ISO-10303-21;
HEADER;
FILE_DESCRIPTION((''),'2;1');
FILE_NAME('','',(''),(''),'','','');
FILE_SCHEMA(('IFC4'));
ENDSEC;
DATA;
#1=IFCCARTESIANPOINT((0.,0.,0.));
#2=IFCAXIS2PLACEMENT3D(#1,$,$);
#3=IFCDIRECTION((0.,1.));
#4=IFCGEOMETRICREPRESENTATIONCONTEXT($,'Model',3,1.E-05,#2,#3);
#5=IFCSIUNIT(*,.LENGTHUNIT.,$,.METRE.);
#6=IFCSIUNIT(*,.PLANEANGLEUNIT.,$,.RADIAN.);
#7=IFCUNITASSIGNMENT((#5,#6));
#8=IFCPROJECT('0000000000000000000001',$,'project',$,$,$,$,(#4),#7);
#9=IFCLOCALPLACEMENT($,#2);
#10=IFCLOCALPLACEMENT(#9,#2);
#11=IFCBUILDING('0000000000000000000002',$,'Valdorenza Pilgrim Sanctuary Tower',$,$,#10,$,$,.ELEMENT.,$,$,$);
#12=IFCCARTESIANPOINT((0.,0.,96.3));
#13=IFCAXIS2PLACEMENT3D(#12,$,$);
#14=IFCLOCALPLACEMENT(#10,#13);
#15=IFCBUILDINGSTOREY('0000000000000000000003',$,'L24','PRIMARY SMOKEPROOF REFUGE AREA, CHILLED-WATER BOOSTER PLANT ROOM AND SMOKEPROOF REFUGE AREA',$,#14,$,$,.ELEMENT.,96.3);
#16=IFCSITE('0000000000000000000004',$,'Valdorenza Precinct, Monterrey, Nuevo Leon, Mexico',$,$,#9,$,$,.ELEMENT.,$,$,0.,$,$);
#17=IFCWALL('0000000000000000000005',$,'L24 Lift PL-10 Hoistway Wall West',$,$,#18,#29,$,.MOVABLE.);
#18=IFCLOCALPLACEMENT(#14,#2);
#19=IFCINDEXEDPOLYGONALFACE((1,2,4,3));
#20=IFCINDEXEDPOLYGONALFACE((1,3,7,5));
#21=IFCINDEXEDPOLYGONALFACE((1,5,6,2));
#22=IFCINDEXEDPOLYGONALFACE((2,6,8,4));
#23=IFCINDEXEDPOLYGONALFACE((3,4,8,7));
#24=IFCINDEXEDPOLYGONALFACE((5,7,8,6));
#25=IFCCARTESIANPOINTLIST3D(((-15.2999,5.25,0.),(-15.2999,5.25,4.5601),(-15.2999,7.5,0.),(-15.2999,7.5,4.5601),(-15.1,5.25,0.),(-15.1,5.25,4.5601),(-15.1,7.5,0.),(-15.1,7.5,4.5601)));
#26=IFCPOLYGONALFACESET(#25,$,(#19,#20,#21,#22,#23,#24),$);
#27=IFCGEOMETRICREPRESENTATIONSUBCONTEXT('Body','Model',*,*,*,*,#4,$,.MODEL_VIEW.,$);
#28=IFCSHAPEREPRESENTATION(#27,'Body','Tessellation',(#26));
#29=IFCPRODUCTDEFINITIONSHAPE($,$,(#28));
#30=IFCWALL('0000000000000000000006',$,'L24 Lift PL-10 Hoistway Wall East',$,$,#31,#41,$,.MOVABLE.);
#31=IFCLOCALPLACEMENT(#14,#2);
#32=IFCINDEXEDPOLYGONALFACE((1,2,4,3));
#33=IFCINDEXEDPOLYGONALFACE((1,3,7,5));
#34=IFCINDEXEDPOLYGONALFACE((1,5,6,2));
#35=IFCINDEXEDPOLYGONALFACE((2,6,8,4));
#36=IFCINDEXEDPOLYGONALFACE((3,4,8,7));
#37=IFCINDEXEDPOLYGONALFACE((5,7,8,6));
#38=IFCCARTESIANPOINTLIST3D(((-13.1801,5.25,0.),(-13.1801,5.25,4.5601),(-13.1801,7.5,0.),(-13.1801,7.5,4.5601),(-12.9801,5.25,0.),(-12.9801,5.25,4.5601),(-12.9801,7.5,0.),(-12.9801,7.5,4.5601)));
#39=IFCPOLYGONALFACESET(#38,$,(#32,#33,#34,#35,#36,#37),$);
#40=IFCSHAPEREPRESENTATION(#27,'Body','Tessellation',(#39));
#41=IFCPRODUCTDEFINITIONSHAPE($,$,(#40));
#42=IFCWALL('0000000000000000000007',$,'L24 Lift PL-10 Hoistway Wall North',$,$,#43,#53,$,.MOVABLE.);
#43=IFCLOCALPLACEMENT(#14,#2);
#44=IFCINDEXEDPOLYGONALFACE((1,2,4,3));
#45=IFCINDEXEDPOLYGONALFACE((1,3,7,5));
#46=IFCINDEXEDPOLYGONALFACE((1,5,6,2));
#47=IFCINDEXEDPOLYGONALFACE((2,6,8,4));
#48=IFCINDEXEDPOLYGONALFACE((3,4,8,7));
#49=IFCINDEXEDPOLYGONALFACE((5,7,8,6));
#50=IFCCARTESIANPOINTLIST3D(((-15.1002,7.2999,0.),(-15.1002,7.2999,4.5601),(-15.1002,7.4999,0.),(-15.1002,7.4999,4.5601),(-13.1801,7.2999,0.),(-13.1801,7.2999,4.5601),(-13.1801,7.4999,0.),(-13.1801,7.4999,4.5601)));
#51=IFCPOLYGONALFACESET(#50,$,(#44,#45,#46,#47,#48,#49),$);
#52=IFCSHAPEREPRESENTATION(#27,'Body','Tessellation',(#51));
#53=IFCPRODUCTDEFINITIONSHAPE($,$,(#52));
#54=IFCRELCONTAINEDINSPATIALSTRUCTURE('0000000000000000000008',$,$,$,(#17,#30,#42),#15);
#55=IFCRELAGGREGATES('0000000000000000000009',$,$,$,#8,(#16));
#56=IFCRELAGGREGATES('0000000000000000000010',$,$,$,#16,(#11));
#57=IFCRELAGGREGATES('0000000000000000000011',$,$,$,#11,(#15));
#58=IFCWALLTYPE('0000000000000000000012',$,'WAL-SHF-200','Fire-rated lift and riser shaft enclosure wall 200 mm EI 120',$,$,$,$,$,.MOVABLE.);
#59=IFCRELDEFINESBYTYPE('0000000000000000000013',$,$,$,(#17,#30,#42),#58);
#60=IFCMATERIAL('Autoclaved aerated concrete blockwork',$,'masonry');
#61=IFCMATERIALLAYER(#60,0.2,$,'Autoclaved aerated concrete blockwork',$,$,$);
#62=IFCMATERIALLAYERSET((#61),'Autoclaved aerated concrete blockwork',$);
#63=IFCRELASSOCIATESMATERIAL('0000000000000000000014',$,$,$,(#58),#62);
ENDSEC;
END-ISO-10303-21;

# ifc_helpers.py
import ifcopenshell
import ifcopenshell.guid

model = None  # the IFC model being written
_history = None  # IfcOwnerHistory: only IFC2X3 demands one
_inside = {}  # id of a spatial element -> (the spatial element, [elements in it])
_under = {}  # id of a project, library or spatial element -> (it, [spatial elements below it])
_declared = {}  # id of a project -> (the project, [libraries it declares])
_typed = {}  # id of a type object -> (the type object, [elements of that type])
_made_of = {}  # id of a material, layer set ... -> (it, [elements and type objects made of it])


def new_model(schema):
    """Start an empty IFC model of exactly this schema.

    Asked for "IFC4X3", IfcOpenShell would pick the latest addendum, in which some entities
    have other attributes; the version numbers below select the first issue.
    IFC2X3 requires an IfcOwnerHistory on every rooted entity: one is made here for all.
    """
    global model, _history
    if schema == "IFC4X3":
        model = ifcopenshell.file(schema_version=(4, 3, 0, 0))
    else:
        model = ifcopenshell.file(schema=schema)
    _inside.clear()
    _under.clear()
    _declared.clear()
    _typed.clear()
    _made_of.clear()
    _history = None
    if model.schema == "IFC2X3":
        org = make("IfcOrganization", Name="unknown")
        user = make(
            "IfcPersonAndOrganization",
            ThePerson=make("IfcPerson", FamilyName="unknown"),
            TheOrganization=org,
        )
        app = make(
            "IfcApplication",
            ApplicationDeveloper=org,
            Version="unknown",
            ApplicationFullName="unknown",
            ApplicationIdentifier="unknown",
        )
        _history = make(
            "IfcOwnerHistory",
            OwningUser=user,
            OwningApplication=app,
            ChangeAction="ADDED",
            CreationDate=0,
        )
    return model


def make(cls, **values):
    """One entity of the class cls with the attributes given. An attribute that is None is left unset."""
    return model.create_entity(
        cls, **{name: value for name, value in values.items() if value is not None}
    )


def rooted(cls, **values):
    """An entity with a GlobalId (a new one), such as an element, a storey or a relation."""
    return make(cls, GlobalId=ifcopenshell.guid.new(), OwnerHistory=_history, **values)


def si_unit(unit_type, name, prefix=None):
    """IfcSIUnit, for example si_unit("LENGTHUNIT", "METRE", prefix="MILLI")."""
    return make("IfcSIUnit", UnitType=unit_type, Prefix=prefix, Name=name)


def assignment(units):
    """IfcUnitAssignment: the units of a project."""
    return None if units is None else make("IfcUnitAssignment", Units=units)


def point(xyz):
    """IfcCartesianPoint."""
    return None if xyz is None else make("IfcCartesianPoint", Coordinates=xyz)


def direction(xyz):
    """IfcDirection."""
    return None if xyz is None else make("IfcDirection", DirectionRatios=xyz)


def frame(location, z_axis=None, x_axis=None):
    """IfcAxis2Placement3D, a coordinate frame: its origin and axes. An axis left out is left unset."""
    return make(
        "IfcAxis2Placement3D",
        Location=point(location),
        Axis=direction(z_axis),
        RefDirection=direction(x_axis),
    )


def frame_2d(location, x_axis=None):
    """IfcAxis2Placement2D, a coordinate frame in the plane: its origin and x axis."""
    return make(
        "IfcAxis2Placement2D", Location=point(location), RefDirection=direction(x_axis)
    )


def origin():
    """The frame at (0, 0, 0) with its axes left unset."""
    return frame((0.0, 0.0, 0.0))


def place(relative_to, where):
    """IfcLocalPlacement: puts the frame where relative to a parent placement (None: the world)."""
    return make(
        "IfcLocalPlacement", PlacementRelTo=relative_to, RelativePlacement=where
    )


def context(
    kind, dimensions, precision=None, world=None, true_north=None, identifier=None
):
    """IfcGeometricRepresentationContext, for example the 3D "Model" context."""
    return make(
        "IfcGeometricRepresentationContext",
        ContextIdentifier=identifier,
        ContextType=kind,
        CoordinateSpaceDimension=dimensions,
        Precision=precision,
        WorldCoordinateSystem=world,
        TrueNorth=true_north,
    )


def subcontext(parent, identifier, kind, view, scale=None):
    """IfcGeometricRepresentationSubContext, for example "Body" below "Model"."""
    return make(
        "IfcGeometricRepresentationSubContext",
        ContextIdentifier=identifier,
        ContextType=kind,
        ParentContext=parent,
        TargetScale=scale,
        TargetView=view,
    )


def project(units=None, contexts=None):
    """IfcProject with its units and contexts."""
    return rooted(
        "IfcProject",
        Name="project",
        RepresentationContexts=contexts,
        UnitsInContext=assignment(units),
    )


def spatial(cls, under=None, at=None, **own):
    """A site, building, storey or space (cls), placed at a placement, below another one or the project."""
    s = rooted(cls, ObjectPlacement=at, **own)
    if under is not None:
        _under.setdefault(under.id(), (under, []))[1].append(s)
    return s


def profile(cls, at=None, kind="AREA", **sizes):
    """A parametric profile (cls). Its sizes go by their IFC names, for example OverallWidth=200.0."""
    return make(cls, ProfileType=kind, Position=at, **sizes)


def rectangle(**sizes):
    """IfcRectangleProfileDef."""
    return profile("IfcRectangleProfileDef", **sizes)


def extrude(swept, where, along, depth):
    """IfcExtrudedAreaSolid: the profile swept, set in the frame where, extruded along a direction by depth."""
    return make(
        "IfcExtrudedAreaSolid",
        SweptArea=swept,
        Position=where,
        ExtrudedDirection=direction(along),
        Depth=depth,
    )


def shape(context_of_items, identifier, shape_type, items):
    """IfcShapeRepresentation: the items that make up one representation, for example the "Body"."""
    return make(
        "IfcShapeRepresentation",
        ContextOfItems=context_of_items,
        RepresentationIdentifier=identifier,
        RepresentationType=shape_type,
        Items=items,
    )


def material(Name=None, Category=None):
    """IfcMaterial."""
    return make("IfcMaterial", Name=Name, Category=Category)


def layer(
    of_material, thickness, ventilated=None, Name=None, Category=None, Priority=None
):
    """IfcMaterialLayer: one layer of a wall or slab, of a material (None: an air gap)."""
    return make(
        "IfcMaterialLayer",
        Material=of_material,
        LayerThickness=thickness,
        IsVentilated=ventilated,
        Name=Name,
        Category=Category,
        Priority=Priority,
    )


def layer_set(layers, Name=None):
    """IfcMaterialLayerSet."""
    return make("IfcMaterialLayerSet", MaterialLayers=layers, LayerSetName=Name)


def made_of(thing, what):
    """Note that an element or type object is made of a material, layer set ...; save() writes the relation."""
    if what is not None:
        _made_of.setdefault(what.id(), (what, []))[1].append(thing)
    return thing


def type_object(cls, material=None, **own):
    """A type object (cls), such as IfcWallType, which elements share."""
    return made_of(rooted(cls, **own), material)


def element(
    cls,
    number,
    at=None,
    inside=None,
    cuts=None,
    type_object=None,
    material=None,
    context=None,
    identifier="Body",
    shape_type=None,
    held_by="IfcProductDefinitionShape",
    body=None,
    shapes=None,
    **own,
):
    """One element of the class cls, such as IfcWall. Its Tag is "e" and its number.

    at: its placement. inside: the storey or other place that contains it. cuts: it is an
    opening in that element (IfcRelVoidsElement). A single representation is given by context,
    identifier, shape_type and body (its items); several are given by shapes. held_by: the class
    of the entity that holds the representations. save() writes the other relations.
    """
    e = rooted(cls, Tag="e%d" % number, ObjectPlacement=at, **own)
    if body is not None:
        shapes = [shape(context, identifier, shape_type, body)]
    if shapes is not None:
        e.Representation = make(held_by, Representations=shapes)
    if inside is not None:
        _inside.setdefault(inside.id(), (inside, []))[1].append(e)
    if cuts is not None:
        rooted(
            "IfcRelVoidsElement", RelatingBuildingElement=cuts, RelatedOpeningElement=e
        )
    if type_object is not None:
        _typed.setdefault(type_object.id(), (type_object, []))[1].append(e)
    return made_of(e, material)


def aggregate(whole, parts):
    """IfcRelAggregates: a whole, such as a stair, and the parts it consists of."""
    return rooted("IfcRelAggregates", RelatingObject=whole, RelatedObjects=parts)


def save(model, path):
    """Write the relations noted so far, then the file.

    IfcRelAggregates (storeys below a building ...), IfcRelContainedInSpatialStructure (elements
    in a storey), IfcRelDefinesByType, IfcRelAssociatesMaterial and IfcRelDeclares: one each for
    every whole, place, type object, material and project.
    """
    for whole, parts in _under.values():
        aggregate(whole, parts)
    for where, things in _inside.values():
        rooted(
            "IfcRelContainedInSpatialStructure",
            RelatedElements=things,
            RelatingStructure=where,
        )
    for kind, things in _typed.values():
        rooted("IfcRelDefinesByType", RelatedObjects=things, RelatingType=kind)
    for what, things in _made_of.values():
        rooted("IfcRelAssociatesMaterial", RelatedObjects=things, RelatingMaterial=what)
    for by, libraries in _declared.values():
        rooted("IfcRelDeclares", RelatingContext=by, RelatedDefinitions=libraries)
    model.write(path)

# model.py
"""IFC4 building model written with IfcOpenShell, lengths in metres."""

from ifc_helpers import new_model, si_unit, direction, frame, frame_2d, origin, place, context, subcontext, project, spatial, rectangle, extrude, material, layer, layer_set, type_object, element, save


model = new_model("IFC4")

# Units and contexts
model_context = context("Model", 3, precision=1e-05, world=origin(), true_north=direction((0.0, 1.0)))
body_context = subcontext(model_context, "Body", "Model", "MODEL_VIEW")
ifc_project = project(units=[si_unit("LENGTHUNIT", "METRE"), si_unit("PLANEANGLEUNIT", "RADIAN")], contexts=[model_context])

# Site, building, storey
site_placement = place(None, origin())
site = spatial("IfcSite", under=ifc_project, at=site_placement, Name="Valdorenza Precinct, Monterrey, Nuevo Leon, Mexico", CompositionType="ELEMENT", RefElevation=0.0)
building_placement = place(site_placement, origin())
building = spatial("IfcBuilding", under=site, at=building_placement, Name="Valdorenza Pilgrim Sanctuary Tower", CompositionType="ELEMENT")
storey_placement = place(building_placement, frame((0.0, 0.0, 96.3)))
storey = spatial("IfcBuildingStorey", under=building, at=storey_placement, Name="L24", Description="PRIMARY SMOKEPROOF REFUGE AREA, CHILLED-WATER BOOSTER PLANT ROOM AND SMOKEPROOF REFUGE AREA", CompositionType="ELEMENT", Elevation=96.3)

# Shared definitions
ifc_material_1 = material(Name="Autoclaved aerated concrete blockwork", Category="masonry")
ifc_layer_1 = layer(ifc_material_1, 0.2, Name="Autoclaved aerated concrete blockwork")
ifc_layer_set_1 = layer_set([ifc_layer_1], Name="Autoclaved aerated concrete blockwork")
wall_type_1 = type_object("IfcWallType", Name="WAL-SHF-200", Description="Fire-rated lift and riser shaft enclosure wall 200 mm EI 120", PredefinedType="MOVABLE", material=ifc_layer_set_1)

# Walls
for number, where, z_axis, x_axis, name in (
    (1, (-15.2, 5.25, 0.0), (0.0, 0.0, 1.0), (0.0, 1.0, 0.0), "L24 Lift PL-10 Hoistway Wall West"),
    (2, (-13.0801, 5.25, 0.0), (0.0, 0.0, 1.0), (0.0, 1.0, 0.0), "L24 Lift PL-10 Hoistway Wall East"),
):
    element("IfcWall", number, at=place(storey_placement, frame(where, z_axis=z_axis, x_axis=x_axis)), inside=storey, type_object=wall_type_1, Name=name, PredefinedType="MOVABLE", context=body_context, shape_type="SweptSolid", body=[
        extrude(rectangle(XDim=2.25, YDim=0.2, at=frame_2d((1.125, 0.0))), origin(), (0.0, 0.0, 1.0), 4.5601),
    ])
wall_1_placement = place(storey_placement, frame((-15.1001, 7.3999, 0.0), z_axis=(0.0, 0.0, 1.0), x_axis=(1.0, 0.0, 0.0)))
element("IfcWall", 3, at=wall_1_placement, inside=storey, type_object=wall_type_1, Name="L24 Lift PL-10 Hoistway Wall North", PredefinedType="MOVABLE", context=body_context, shape_type="SweptSolid", body=[
    extrude(rectangle(XDim=1.9202, YDim=0.2, at=frame_2d((0.96, 0.0))), origin(), (0.0, 0.0, 1.0), 4.5601),
])

save(model, "model.ifc")
